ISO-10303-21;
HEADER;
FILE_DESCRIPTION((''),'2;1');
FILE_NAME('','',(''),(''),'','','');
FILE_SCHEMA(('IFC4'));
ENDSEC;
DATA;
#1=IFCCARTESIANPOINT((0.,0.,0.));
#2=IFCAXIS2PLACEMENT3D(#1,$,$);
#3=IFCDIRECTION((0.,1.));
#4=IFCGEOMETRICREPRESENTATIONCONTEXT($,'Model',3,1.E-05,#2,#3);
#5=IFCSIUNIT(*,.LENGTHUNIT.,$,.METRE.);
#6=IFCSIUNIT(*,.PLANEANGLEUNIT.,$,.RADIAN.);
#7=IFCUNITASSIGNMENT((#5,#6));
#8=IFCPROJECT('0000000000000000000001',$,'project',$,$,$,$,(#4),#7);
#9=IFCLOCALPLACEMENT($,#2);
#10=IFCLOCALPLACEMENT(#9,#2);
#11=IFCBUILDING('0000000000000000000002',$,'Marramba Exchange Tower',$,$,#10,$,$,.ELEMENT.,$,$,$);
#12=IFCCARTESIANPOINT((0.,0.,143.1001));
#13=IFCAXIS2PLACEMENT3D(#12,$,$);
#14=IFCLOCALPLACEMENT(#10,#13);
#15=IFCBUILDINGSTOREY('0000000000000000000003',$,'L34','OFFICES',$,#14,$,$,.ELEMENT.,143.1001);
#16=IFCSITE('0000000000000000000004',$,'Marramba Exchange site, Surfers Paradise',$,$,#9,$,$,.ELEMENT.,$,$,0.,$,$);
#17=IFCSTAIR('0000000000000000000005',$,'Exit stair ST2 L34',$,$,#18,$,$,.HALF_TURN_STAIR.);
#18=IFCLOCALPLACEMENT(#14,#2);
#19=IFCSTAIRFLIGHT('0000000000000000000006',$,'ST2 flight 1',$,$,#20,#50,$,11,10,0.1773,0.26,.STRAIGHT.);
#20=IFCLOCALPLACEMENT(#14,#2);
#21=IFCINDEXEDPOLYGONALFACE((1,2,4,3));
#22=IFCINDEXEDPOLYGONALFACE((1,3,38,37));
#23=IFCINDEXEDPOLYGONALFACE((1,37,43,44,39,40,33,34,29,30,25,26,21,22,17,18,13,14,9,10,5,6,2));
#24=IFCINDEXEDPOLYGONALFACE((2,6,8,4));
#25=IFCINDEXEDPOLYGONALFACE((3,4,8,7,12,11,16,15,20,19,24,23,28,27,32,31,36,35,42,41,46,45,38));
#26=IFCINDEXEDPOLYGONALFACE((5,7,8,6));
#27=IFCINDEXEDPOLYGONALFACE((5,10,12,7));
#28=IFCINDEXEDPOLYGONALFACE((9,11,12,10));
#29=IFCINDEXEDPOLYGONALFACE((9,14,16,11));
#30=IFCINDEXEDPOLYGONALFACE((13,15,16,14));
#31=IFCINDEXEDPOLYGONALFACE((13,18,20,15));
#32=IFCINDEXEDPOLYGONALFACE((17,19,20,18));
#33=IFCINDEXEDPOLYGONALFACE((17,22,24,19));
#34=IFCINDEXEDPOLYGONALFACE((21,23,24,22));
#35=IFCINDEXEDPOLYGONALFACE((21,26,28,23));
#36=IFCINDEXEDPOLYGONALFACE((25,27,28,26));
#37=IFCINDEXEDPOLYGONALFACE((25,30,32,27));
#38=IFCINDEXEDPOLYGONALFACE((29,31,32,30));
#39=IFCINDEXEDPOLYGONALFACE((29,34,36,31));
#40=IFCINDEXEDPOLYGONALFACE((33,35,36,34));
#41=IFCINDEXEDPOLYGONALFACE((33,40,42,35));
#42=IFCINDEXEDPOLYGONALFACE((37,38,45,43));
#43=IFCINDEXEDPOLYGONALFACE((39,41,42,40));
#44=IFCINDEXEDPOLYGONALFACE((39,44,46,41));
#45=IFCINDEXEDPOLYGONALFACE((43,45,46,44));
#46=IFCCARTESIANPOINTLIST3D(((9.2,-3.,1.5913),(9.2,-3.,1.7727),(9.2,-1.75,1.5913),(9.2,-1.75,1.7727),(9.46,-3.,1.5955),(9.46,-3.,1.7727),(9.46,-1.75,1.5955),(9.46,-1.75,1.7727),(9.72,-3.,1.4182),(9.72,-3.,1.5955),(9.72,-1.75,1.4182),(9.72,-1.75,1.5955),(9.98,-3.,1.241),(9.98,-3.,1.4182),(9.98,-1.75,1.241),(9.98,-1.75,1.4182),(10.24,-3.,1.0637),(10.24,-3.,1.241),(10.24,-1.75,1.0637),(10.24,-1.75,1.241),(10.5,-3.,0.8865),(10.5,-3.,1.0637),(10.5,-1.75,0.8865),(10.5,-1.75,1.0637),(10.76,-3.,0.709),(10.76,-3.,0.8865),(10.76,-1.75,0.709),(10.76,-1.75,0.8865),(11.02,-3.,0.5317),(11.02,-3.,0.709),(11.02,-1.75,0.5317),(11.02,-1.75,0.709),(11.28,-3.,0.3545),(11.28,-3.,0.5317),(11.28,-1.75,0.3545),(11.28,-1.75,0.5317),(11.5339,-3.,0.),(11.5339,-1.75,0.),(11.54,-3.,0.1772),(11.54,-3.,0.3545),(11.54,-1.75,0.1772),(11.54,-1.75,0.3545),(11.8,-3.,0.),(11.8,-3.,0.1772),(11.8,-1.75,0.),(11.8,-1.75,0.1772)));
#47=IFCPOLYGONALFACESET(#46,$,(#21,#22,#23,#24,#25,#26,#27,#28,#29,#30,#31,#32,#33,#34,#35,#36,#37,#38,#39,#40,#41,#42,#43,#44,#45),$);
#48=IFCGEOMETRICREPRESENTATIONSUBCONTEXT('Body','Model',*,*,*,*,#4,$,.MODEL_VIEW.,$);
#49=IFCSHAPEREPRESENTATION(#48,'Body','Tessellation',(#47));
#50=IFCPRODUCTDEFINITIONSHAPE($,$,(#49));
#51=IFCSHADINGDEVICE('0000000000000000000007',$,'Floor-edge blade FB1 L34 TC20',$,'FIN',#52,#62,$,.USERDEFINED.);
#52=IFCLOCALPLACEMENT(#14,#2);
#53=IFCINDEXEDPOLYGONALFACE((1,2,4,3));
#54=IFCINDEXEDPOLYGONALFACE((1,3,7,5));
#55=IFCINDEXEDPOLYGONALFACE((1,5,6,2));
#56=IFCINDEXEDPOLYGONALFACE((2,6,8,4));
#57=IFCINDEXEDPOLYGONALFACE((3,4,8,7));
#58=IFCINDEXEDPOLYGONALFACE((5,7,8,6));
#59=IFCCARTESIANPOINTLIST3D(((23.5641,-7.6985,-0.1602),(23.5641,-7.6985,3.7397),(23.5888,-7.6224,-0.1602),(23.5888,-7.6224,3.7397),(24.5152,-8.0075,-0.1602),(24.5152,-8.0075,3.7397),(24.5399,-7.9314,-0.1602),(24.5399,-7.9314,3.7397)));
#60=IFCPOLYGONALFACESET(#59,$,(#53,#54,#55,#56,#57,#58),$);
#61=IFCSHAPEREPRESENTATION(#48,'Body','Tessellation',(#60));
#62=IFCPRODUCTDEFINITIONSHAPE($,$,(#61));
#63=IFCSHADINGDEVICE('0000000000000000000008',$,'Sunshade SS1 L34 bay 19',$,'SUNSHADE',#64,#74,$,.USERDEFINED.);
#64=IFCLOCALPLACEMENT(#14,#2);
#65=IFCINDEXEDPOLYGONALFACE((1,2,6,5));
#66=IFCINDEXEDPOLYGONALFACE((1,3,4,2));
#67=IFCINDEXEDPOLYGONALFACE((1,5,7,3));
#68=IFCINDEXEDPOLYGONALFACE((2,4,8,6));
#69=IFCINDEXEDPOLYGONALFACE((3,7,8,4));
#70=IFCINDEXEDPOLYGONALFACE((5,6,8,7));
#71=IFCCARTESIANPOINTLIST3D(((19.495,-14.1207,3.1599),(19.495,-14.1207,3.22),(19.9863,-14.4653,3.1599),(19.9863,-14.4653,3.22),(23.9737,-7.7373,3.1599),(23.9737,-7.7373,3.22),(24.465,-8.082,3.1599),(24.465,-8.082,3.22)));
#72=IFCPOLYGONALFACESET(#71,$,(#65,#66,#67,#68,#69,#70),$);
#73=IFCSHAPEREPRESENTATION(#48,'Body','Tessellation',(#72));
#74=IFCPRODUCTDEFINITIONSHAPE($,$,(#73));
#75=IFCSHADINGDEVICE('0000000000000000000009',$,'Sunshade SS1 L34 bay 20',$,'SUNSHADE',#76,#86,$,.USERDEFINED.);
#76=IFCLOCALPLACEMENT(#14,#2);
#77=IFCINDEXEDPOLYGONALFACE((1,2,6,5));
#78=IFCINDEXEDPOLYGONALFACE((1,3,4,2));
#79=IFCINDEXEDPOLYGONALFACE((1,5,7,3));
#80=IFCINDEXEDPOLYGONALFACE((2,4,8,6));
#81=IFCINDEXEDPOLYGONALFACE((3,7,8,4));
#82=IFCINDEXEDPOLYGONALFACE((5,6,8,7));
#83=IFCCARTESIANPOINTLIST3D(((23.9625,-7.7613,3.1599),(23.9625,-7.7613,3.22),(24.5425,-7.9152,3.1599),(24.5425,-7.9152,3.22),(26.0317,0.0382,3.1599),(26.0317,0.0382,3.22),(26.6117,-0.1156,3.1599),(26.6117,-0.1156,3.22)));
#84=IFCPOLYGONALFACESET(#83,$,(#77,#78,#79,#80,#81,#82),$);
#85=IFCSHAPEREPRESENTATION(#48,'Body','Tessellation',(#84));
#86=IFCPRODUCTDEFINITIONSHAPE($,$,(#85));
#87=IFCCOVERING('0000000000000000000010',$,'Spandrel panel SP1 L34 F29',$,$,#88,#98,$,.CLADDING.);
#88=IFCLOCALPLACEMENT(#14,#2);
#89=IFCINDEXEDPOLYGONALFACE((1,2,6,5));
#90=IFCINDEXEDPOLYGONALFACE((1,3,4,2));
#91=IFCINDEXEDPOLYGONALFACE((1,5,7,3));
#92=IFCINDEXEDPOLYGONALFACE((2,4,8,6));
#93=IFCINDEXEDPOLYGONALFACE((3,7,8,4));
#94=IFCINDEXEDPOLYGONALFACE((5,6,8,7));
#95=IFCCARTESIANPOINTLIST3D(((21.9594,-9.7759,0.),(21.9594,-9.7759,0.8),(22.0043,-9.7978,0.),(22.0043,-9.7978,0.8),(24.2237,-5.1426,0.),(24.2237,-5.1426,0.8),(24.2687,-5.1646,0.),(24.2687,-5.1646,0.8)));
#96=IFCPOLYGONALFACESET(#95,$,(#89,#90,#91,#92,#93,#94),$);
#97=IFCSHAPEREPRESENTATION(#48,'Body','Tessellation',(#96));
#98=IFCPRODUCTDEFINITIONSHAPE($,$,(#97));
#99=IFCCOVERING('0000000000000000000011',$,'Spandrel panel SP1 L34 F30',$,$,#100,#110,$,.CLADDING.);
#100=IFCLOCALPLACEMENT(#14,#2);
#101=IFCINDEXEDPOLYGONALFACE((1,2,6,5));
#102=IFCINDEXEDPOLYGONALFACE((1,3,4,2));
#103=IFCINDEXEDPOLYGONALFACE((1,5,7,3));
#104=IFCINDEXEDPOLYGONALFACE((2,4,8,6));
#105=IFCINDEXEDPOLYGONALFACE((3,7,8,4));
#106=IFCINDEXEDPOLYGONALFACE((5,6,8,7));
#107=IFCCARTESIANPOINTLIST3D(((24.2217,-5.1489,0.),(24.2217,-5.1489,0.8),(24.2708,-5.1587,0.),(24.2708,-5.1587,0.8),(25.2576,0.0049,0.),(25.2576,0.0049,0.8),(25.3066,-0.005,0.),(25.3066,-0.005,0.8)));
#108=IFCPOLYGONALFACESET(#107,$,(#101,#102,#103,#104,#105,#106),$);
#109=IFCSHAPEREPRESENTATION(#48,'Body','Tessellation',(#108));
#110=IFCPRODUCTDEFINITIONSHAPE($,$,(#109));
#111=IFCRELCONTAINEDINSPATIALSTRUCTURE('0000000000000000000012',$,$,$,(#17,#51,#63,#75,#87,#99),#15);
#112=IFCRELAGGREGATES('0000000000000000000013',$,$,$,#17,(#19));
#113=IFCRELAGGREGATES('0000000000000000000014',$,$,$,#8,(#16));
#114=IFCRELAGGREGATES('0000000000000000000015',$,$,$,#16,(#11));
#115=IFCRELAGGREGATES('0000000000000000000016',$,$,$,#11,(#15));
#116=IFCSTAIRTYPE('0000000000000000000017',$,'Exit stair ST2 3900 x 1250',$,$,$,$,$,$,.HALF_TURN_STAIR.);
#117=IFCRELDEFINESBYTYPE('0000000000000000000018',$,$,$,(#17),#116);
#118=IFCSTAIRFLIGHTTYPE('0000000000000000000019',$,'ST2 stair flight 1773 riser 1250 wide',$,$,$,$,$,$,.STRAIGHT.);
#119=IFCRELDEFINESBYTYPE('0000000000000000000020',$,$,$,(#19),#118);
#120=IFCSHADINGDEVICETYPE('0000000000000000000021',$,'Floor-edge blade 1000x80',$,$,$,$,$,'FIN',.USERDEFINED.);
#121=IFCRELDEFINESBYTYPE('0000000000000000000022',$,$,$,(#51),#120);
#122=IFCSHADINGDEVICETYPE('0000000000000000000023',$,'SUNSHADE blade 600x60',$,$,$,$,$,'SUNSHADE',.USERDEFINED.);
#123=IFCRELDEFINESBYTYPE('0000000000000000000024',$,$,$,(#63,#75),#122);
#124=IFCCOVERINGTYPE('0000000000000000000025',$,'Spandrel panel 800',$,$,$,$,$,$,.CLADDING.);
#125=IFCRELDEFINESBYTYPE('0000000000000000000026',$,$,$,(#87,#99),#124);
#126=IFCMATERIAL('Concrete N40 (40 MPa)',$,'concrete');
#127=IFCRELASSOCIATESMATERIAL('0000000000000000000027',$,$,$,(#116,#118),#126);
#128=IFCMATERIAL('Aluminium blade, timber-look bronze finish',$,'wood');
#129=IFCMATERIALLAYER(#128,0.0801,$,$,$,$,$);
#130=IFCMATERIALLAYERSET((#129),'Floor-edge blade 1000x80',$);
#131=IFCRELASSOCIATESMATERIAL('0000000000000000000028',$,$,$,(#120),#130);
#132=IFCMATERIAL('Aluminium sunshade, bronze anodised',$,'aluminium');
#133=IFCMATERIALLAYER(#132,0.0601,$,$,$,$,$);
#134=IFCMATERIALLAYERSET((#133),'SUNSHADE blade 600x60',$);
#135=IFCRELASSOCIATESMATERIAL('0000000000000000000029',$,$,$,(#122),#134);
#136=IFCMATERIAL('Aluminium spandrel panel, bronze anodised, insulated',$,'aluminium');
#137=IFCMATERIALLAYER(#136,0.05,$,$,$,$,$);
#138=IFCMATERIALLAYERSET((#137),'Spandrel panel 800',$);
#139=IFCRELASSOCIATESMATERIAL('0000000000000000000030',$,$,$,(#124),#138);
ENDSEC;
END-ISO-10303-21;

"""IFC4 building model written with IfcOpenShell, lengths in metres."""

from ifc_helpers import new_model, si_unit, direction, frame, origin, origin_2d, place, context, subcontext, project, spatial, polyline, rectangle, outline, extrude, material, layer, layer_set, type_object, element, aggregate, save


model = new_model("IFC4")

# Units and contexts
model_context = context("Model", 3, precision=1e-05, world=origin(), true_north=direction((0.0, 1.0)))
body_context = subcontext(model_context, "Body", "Model", "MODEL_VIEW")
ifc_project = project(units=[si_unit("LENGTHUNIT", "METRE"), si_unit("PLANEANGLEUNIT", "RADIAN")], contexts=[model_context])

# Site, building, storey
site_placement = place(None, origin())
site = spatial("IfcSite", under=ifc_project, at=site_placement, Name="Marramba Exchange site, Surfers Paradise", CompositionType="ELEMENT", RefElevation=0.0)
building_placement = place(site_placement, origin())
building = spatial("IfcBuilding", under=site, at=building_placement, Name="Marramba Exchange Tower", CompositionType="ELEMENT")
storey_placement = place(building_placement, frame((0.0, 0.0, 143.1001)))
storey = spatial("IfcBuildingStorey", under=building, at=storey_placement, Name="L34", Description="OFFICES", CompositionType="ELEMENT", Elevation=143.1001)

# Stair, stair flight
ifc_material_1 = material(Name="Concrete N40 (40 MPa)", Category="concrete")
stair_type = type_object("IfcStairType", Name="Exit stair ST2 3900 x 1250", PredefinedType="HALF_TURN_STAIR", material=ifc_material_1)
stair_placement = place(storey_placement, origin())
stair = element("IfcStair", 1, at=stair_placement, inside=storey, type_object=stair_type, Name="Exit stair ST2 L34", PredefinedType="HALF_TURN_STAIR")
stair_flight_type = type_object("IfcStairFlightType", Name="ST2 stair flight 1773 riser 1250 wide", PredefinedType="STRAIGHT", material=ifc_material_1)
stair_flight_placement = place(storey_placement, frame((11.8, -2.375, 0.0), z_axis=(0.0, 0.0, 1.0), x_axis=(-1.0, 0.0, 0.0)))
stair_flight = element("IfcStairFlight", 2, at=stair_flight_placement, type_object=stair_flight_type, Name="ST2 flight 1", NumberOfRisers=11, NumberOfTreads=10, PredefinedType="STRAIGHT", RiserHeight=0.1773, TreadLength=0.26, context=body_context, shape_type="SweptSolid", body=[
    extrude(outline(polyline([(0.0, 0.0), (0.0, 0.1772), (0.26, 0.1772), (0.26, 0.3545), (0.52, 0.3545), (0.52, 0.5317), (0.78, 0.5317), (0.78, 0.709), (1.04, 0.709), (1.04, 0.8865), (1.3, 0.8865), (1.3, 1.0637), (1.5601, 1.0637), (1.5601, 1.241), (1.8201, 1.241), (1.8201, 1.4182), (2.0801, 1.4182), (2.0801, 1.5955), (2.3401, 1.5955), (2.3401, 1.7727), (2.6001, 1.7727), (2.6001, 1.95), (2.6001, 1.5913), (0.2661, 0.0), (0.0, 0.0)])), frame((0.0, 0.625, 0.0), z_axis=(0.0, -1.0, 0.0), x_axis=(1.0, 0.0, 0.0)), (0.0, 0.0, 1.0), 1.25),
])
aggregate(stair, [stair_flight])

# Shading devices
ifc_material_2 = material(Name="Aluminium blade, timber-look bronze finish", Category="wood")
ifc_layer_1 = layer(ifc_material_2, 0.0801)
ifc_layer_set_1 = layer_set([ifc_layer_1], Name="Floor-edge blade 1000x80")
shading_device_type_1 = type_object("IfcShadingDeviceType", Name="Floor-edge blade 1000x80", ElementType="FIN", PredefinedType="USERDEFINED", material=ifc_layer_set_1)
shading_device_1_placement = place(storey_placement, frame((24.052, -7.8149, -0.1602), z_axis=(0.0, 0.0, 1.0), x_axis=(0.951057, -0.309017, 0.0)))
element("IfcShadingDevice", 3, at=shading_device_1_placement, inside=storey, type_object=shading_device_type_1, Name="Floor-edge blade FB1 L34 TC20", ObjectType="FIN", PredefinedType="USERDEFINED", context=body_context, shape_type="SweptSolid", body=[
    extrude(rectangle(XDim=1.0, YDim=0.0801, at=origin_2d()), origin(), (0.0, 0.0, 1.0), 3.8999),
])
ifc_material_3 = material(Name="Aluminium sunshade, bronze anodised", Category="aluminium")
ifc_layer_2 = layer(ifc_material_3, 0.0601)
ifc_layer_set_2 = layer_set([ifc_layer_2], Name="SUNSHADE blade 600x60")
shading_device_type_2 = type_object("IfcShadingDeviceType", Name="SUNSHADE blade 600x60", ElementType="SUNSHADE", PredefinedType="USERDEFINED", material=ifc_layer_set_2)
shading_device_2_placement = place(storey_placement, frame((21.98, -11.1013, 3.1599), z_axis=(0.0, 0.0, 1.0), x_axis=(0.574351, 0.818609, 0.0)))
element("IfcShadingDevice", 4, at=shading_device_2_placement, inside=storey, type_object=shading_device_type_2, Name="Sunshade SS1 L34 bay 19", ObjectType="SUNSHADE", PredefinedType="USERDEFINED", context=body_context, shape_type="SweptSolid", body=[
    extrude(rectangle(XDim=7.7979, YDim=0.6001, at=origin_2d()), origin(), (0.0, 0.0, 1.0), 0.0601),
])
shading_device_3_placement = place(storey_placement, frame((25.2871, -3.9385, 3.1599), z_axis=(0.0, 0.0, 1.0), x_axis=(0.256423, 0.966565, 0.0)))
element("IfcShadingDevice", 5, at=shading_device_3_placement, inside=storey, type_object=shading_device_type_2, Name="Sunshade SS1 L34 bay 20", ObjectType="SUNSHADE", PredefinedType="USERDEFINED", context=body_context, shape_type="SweptSolid", body=[
    extrude(rectangle(XDim=8.0693, YDim=0.6001, at=origin_2d()), origin(), (0.0, 0.0, 1.0), 0.0601),
])

# Coverings
ifc_material_4 = material(Name="Aluminium spandrel panel, bronze anodised, insulated", Category="aluminium")
ifc_layer_3 = layer(ifc_material_4, 0.05)
ifc_layer_set_3 = layer_set([ifc_layer_3], Name="Spandrel panel 800")
covering_type = type_object("IfcCoveringType", Name="Spandrel panel 800", PredefinedType="CLADDING", material=ifc_layer_set_3)
covering_1_placement = place(storey_placement, frame((23.114, -7.4702, 0.0), z_axis=(0.0, 0.0, 1.0), x_axis=(0.439086, 0.898445, 0.0)))
element("IfcCovering", 6, at=covering_1_placement, inside=storey, type_object=covering_type, Name="Spandrel panel SP1 L34 F29", PredefinedType="CLADDING", context=body_context, shape_type="SweptSolid", body=[
    extrude(rectangle(XDim=5.157, YDim=0.05, at=origin_2d()), origin(), (0.0, 0.0, 1.0), 0.8),
])
covering_2_placement = place(storey_placement, frame((24.7642, -2.5769, 0.0), z_axis=(0.0, 0.0, 1.0), x_axis=(0.197049, 0.980394, 0.0)))
element("IfcCovering", 7, at=covering_2_placement, inside=storey, type_object=covering_type, Name="Spandrel panel SP1 L34 F30", PredefinedType="CLADDING", context=body_context, shape_type="SweptSolid", body=[
    extrude(rectangle(XDim=5.2568, YDim=0.05, at=origin_2d()), origin(), (0.0, 0.0, 1.0), 0.8),
])

save(model, "model.ifc")
